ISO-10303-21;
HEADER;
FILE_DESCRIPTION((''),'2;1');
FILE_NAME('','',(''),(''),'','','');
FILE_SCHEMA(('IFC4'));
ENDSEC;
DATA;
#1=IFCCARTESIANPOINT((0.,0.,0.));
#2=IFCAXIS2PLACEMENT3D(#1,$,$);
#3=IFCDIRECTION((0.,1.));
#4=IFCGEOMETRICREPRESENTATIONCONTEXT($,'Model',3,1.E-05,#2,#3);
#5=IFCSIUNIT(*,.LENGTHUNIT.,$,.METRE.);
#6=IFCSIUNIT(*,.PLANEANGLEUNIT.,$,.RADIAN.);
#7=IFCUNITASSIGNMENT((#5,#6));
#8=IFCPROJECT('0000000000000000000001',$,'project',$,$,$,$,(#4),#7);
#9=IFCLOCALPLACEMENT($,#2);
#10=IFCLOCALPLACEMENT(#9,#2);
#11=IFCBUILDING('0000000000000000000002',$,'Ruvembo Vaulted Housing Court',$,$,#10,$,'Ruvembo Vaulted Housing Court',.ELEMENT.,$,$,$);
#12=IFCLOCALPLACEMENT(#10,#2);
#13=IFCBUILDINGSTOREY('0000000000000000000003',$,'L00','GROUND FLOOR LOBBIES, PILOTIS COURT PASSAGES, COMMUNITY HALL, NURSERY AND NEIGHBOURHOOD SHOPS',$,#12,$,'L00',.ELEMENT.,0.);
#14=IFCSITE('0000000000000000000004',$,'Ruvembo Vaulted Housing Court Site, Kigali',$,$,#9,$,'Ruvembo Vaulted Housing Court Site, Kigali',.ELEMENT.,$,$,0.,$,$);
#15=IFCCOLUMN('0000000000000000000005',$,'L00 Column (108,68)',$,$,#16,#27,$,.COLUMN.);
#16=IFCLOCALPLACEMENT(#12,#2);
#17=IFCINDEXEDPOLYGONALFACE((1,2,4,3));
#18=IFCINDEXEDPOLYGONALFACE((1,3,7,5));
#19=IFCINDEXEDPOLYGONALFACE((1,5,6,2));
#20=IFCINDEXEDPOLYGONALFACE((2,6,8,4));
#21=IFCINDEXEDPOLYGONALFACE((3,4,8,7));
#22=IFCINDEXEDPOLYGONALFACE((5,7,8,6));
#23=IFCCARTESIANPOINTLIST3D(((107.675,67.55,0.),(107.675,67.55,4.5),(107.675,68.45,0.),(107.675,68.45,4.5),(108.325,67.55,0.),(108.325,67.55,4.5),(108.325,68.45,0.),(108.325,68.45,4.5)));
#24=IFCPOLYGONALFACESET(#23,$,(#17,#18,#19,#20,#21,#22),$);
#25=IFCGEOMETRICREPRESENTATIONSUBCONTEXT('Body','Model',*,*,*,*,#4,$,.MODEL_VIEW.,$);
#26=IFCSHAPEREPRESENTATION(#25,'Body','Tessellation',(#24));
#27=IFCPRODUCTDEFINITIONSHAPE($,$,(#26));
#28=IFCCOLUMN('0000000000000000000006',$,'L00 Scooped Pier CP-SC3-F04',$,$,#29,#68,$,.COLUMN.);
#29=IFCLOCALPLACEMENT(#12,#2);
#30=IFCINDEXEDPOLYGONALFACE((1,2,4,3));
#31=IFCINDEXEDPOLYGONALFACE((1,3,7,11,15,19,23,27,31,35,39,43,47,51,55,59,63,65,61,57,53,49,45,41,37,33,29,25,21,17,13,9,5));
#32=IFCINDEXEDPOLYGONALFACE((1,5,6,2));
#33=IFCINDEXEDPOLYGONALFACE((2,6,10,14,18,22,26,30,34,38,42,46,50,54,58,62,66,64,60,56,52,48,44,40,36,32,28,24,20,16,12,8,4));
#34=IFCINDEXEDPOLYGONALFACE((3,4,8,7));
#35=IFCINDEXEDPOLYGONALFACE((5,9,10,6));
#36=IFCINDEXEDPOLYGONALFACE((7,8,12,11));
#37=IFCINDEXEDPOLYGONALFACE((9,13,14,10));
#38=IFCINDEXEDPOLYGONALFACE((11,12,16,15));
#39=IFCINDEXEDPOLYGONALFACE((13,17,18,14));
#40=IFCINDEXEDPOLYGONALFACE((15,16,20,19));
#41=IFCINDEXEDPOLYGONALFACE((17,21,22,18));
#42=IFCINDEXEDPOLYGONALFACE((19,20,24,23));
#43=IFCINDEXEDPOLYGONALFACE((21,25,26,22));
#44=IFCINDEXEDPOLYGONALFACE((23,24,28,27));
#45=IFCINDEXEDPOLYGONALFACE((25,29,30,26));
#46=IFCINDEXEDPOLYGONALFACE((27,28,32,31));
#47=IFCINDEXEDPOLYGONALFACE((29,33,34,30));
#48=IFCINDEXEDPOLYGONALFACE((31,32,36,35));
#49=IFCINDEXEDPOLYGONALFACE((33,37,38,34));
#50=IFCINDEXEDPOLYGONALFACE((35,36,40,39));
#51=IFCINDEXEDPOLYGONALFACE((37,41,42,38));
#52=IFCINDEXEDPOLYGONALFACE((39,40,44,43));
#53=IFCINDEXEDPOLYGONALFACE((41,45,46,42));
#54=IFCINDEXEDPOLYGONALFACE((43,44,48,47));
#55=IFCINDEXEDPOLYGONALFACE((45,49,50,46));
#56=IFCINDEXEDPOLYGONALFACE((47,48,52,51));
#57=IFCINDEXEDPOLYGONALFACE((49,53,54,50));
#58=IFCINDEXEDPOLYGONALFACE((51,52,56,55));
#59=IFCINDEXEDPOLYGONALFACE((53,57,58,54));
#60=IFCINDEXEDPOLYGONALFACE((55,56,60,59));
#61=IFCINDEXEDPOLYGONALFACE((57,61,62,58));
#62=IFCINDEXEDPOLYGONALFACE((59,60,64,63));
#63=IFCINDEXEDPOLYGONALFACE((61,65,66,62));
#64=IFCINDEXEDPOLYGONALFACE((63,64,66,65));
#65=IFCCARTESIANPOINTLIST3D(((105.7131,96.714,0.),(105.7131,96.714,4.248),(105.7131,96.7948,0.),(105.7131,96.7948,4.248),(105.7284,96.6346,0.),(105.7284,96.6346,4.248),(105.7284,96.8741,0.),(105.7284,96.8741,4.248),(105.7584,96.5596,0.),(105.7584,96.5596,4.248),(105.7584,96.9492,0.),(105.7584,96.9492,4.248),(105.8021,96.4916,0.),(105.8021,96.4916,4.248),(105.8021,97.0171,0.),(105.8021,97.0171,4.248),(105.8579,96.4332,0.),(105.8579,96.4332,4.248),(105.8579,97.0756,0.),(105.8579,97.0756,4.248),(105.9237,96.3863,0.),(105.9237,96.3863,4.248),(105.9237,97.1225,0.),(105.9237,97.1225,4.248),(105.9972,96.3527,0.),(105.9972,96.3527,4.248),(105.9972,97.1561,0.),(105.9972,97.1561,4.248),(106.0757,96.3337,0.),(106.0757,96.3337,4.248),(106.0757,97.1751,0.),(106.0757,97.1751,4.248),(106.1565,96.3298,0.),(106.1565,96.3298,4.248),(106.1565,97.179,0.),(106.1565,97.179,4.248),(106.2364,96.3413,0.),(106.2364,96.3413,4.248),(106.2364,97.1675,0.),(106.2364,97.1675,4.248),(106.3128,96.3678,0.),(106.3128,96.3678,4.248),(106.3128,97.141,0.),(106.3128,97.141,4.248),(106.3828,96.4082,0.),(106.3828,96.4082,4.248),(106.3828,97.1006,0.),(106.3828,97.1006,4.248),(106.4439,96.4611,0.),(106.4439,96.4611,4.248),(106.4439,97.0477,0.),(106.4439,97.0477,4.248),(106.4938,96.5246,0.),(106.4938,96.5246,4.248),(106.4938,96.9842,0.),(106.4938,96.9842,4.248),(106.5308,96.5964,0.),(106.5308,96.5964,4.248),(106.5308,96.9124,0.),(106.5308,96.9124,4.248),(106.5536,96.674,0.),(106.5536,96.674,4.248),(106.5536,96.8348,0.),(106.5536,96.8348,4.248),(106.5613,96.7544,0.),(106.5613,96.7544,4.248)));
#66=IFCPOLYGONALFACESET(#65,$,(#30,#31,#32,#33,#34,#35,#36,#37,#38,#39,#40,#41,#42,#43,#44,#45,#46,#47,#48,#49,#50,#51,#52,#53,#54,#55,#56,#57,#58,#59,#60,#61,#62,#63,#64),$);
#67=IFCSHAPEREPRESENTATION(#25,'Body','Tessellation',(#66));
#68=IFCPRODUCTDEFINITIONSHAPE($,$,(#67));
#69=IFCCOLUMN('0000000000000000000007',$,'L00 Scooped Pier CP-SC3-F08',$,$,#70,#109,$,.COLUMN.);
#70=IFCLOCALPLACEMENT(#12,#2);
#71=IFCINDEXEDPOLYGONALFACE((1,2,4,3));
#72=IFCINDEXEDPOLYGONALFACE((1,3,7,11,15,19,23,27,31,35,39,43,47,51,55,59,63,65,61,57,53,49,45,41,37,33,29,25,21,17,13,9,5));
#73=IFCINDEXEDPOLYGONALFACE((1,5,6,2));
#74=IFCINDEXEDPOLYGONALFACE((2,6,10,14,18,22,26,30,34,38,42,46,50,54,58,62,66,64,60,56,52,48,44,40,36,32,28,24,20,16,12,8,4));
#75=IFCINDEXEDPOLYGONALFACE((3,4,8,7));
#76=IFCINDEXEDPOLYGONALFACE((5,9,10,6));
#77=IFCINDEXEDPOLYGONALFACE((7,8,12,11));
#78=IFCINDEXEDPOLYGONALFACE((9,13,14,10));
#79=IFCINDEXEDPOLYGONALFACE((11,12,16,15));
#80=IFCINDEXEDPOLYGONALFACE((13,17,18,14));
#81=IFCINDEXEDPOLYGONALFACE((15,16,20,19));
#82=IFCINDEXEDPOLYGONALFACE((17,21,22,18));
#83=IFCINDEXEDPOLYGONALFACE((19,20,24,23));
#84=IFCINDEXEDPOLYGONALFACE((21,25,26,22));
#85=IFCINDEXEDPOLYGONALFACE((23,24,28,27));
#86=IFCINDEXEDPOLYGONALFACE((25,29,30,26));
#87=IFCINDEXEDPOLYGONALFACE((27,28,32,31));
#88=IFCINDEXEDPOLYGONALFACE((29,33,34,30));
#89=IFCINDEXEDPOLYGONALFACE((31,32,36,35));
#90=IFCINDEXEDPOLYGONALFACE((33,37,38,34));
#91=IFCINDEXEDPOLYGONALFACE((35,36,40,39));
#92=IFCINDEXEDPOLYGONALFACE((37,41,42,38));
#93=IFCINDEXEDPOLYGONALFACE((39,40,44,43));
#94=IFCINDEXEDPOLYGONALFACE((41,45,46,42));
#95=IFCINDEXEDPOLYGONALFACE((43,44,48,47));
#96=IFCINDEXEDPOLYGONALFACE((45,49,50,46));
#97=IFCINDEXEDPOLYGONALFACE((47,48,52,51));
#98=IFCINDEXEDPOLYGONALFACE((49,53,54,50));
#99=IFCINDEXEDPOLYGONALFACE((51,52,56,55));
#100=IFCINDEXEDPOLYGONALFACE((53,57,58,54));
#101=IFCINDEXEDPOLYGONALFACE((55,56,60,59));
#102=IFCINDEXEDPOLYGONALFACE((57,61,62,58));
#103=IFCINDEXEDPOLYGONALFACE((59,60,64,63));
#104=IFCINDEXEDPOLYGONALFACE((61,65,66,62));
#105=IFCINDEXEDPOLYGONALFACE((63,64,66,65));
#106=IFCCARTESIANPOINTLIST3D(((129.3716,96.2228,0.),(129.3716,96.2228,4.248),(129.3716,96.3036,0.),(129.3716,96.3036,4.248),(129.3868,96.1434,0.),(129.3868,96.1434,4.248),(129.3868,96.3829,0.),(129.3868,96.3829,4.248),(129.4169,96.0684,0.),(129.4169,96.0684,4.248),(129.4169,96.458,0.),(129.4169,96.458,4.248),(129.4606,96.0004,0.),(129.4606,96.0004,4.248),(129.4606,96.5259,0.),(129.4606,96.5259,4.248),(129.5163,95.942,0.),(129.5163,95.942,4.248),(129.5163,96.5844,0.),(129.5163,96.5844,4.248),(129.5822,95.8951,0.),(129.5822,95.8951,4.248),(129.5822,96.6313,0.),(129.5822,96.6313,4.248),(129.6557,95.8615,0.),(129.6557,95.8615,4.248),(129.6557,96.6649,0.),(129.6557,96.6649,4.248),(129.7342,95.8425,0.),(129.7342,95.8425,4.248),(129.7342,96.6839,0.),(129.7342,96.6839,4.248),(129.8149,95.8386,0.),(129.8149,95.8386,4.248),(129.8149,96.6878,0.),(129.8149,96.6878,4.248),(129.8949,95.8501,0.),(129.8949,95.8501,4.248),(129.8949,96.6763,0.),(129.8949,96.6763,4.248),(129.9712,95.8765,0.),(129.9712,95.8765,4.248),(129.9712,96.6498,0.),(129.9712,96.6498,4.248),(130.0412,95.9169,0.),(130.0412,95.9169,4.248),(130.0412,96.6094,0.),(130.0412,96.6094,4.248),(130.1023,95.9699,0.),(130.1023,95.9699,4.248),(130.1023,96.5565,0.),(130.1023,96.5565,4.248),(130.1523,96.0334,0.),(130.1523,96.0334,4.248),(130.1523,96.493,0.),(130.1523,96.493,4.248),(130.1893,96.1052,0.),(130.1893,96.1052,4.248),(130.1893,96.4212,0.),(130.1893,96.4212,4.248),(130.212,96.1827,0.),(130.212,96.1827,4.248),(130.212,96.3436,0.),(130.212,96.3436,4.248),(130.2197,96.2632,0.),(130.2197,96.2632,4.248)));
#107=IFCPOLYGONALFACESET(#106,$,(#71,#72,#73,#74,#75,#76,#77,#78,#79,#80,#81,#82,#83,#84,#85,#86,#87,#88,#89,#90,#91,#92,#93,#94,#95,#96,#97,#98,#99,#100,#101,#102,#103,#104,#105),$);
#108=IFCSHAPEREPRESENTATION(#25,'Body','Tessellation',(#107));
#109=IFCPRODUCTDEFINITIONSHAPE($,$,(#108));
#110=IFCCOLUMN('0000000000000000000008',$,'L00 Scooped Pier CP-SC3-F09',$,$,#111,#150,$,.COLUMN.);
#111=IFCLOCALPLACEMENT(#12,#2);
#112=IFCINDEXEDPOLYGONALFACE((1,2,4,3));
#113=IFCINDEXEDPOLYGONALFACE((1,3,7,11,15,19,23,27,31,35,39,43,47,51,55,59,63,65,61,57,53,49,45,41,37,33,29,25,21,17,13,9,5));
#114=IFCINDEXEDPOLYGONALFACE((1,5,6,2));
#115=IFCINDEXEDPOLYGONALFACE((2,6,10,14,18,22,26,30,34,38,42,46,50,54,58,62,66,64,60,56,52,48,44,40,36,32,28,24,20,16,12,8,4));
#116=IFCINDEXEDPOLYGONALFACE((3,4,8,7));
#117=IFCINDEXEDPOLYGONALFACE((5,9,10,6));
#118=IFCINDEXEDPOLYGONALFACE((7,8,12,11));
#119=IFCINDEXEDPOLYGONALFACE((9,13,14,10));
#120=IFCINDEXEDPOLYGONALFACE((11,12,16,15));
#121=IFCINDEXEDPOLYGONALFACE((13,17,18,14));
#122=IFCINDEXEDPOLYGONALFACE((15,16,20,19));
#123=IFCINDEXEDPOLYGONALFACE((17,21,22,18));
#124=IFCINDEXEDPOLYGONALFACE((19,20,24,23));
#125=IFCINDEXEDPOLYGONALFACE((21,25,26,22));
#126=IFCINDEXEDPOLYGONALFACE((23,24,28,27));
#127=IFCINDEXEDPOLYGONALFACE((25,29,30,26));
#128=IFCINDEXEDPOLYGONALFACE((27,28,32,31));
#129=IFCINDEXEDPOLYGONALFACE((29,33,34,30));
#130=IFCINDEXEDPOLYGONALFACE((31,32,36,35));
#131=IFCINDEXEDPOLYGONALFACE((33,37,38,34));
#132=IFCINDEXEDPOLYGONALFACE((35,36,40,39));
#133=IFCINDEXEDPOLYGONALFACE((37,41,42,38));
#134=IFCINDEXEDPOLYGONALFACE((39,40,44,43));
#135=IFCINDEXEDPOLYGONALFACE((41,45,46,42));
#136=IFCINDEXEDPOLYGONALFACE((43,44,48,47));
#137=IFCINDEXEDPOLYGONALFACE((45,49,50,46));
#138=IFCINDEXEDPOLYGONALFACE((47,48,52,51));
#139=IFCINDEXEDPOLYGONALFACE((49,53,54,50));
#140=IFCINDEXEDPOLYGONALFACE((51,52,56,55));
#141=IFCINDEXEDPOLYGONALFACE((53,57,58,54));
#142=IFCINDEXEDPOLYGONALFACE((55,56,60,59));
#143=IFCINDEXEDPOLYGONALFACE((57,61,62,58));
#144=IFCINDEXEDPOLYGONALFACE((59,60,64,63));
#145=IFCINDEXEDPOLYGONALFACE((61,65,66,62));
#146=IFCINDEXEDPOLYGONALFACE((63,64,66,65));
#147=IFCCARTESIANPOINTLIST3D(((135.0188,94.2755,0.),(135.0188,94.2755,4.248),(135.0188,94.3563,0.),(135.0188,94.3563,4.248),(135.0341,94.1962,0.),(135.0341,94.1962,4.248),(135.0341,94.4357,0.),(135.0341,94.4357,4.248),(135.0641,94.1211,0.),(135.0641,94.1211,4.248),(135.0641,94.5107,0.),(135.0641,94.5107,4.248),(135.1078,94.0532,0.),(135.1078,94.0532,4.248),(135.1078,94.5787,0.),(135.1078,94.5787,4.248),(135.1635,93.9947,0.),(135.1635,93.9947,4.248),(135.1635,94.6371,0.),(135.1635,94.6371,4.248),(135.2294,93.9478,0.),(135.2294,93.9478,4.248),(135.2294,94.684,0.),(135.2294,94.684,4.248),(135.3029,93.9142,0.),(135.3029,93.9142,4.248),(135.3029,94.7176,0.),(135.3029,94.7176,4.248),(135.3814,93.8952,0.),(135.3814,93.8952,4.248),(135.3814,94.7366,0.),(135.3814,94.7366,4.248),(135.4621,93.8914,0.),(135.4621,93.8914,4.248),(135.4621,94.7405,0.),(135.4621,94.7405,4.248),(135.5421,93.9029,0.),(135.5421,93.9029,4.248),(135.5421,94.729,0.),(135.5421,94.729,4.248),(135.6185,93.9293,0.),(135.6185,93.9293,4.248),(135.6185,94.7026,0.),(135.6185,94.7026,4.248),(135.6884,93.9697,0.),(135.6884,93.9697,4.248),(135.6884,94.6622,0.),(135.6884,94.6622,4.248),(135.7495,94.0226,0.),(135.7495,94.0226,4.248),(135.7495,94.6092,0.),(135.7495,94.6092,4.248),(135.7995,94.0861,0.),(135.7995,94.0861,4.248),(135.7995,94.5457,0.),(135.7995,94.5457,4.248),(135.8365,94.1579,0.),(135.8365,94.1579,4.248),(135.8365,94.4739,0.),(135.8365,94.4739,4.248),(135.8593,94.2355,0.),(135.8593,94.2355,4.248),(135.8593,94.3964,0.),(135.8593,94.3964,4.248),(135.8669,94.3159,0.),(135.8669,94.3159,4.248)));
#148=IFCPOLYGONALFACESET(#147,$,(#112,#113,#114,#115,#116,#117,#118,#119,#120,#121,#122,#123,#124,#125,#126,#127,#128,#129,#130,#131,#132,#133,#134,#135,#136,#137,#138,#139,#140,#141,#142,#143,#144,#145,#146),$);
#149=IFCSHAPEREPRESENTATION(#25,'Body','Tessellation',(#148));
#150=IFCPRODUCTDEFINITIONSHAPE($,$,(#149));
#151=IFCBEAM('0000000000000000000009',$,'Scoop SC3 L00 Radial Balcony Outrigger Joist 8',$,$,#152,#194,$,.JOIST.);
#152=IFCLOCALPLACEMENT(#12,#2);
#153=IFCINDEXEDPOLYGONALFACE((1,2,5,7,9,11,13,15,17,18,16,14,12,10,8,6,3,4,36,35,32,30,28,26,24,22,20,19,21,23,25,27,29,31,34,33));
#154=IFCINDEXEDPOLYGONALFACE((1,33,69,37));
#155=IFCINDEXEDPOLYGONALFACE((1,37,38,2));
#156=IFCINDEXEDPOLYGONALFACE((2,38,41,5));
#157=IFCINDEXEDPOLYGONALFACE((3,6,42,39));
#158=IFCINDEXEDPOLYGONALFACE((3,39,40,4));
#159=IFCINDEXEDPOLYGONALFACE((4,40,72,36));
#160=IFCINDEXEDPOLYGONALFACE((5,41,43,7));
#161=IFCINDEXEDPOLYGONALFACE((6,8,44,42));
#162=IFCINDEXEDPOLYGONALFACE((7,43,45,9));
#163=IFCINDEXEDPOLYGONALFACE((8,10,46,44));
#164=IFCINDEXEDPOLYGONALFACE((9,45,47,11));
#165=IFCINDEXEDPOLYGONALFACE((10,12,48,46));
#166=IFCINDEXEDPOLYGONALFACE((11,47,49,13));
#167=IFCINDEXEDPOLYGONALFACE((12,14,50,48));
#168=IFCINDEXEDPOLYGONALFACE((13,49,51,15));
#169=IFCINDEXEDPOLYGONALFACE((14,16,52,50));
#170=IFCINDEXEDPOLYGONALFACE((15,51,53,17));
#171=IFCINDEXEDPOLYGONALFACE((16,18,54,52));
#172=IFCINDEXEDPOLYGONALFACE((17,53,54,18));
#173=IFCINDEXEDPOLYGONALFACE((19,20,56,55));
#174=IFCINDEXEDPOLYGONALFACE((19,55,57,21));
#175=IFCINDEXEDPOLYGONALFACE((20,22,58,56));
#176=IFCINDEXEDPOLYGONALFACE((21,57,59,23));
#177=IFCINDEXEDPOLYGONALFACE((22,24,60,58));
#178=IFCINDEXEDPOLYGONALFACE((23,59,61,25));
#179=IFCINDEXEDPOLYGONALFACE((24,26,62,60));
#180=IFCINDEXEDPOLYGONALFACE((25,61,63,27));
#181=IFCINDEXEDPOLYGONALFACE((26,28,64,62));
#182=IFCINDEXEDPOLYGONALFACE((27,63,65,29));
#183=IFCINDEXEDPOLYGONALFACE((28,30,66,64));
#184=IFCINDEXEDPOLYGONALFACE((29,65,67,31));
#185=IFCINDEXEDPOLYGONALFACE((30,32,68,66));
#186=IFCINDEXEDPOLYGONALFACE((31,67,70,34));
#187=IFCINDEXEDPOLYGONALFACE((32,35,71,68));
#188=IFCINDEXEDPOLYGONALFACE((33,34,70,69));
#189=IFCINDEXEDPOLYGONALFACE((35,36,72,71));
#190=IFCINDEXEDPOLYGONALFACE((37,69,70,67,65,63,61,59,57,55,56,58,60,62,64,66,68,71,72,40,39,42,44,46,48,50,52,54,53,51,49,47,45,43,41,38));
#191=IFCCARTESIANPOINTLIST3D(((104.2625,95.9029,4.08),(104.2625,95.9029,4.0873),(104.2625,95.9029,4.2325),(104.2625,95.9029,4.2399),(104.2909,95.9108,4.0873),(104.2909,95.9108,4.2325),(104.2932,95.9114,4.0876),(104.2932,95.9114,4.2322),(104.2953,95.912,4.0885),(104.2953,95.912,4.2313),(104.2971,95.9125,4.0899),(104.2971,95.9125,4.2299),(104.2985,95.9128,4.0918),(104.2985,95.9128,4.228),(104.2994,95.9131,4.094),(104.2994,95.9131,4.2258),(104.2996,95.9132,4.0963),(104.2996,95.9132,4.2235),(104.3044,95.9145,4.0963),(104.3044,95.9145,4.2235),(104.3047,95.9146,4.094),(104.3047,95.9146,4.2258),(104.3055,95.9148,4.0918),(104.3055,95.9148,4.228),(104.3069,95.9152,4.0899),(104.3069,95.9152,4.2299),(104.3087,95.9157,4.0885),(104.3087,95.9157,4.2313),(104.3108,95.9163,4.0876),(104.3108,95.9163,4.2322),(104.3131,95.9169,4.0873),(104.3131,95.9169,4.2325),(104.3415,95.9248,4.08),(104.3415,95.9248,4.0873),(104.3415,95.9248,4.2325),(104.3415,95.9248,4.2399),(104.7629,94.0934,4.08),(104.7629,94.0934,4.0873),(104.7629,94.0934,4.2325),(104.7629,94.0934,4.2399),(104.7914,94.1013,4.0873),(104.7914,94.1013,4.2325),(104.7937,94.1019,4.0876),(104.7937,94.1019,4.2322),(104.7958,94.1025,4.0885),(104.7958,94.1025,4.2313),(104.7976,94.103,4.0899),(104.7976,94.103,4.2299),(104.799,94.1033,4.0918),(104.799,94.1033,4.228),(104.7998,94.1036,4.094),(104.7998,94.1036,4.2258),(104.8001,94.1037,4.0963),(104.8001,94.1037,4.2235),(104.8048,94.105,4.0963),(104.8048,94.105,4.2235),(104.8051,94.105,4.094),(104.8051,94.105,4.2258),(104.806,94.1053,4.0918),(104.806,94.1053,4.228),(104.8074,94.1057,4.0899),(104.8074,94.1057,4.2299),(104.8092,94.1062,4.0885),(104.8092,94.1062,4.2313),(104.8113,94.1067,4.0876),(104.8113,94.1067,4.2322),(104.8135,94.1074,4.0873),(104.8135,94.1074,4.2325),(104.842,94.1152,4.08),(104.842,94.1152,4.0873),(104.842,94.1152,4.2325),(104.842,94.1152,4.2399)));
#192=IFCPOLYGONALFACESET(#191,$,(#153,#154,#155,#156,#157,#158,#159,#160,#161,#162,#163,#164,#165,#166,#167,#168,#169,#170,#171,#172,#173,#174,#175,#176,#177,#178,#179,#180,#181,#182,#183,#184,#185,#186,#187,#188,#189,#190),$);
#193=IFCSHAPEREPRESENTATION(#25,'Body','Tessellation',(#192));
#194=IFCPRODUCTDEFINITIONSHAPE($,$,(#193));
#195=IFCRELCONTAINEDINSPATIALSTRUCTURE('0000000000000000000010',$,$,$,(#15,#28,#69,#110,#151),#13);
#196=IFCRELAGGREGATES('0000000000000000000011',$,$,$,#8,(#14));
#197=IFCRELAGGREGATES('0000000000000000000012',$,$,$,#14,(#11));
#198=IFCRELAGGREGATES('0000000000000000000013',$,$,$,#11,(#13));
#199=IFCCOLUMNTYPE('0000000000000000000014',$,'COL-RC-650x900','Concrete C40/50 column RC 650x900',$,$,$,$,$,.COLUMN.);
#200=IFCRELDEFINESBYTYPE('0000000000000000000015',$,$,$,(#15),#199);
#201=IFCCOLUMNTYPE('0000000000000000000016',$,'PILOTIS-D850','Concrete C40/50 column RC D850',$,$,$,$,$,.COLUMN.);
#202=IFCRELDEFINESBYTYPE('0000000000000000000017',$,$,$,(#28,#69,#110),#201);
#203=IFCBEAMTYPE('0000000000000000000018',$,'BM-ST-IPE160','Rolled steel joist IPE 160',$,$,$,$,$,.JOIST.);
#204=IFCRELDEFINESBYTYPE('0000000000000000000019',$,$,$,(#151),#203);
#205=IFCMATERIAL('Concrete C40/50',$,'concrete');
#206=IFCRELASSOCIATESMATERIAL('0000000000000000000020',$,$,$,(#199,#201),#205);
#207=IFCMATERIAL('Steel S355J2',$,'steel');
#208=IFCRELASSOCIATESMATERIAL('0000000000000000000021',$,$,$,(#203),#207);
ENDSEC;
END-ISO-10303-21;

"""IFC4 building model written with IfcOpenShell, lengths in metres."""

from ifc_helpers import new_model, si_unit, direction, frame, origin, origin_2d, place, context, subcontext, project, spatial, rectangle, circle, i_section, extrude, material, material_profile, profile_set, type_object, element, save


model = new_model("IFC4")

# Units and contexts
model_context = context("Model", 3, precision=1e-05, world=origin(), true_north=direction((0.0, 1.0)))
body_context = subcontext(model_context, "Body", "Model", "MODEL_VIEW")
ifc_project = project(units=[si_unit("LENGTHUNIT", "METRE"), si_unit("PLANEANGLEUNIT", "RADIAN")], contexts=[model_context])

# Site, building, storey
site_placement = place(None, origin())
site = spatial("IfcSite", under=ifc_project, at=site_placement, Name="Ruvembo Vaulted Housing Court Site, Kigali", LongName="Ruvembo Vaulted Housing Court Site, Kigali", CompositionType="ELEMENT", RefElevation=0.0)
building_placement = place(site_placement, origin())
building = spatial("IfcBuilding", under=site, at=building_placement, Name="Ruvembo Vaulted Housing Court", LongName="Ruvembo Vaulted Housing Court", CompositionType="ELEMENT")
storey_placement = place(building_placement, origin())
storey = spatial("IfcBuildingStorey", under=building, at=storey_placement, Name="L00", Description="GROUND FLOOR LOBBIES, PILOTIS COURT PASSAGES, COMMUNITY HALL, NURSERY AND NEIGHBOURHOOD SHOPS", LongName="L00", CompositionType="ELEMENT", Elevation=0.0)

# Columns
ifc_material_1 = material(Name="Concrete C40/50", Category="concrete")
ifc_material_profile_1 = material_profile(ifc_material_1, rectangle(XDim=0.6499, YDim=0.8999, at=origin_2d()), Name="RC 650x900")
ifc_profile_set_1 = profile_set([ifc_material_profile_1], Name="Concrete C40/50")
column_type_1 = type_object("IfcColumnType", Name="COL-RC-650x900", Description="Concrete C40/50 column RC 650x900", PredefinedType="COLUMN", material=ifc_profile_set_1)
column_placement = place(storey_placement, frame((108.0, 68.0, 0.0), z_axis=(0.0, 0.0, 1.0), x_axis=(1.0, 0.0, 0.0)))
element("IfcColumn", 1, at=column_placement, inside=storey, type_object=column_type_1, Name="L00 Column (108,68)", PredefinedType="COLUMN", context=body_context, shape_type="SweptSolid", body=[
    extrude(rectangle(XDim=0.6499, YDim=0.8999, at=origin_2d()), origin(), (0.0, 0.0, 1.0), 4.5),
])
ifc_material_profile_2 = material_profile(ifc_material_1, circle(Radius=0.425, at=origin_2d()), Name="RC D850")
ifc_profile_set_2 = profile_set([ifc_material_profile_2], Name="Concrete C40/50")
column_type_2 = type_object("IfcColumnType", Name="PILOTIS-D850", Description="Concrete C40/50 column RC D850", PredefinedType="COLUMN", material=ifc_profile_set_2)
for number, where, z_axis, x_axis, name in (
    (2, (106.1362, 96.7544, 0.0), (0.0, 0.0, 1.0), (1.0, 0.0, 0.0), "L00 Scooped Pier CP-SC3-F04"),
    (3, (129.7947, 96.2632, 0.0), (0.0, 0.0, 1.0), (1.0, 0.0, 0.0), "L00 Scooped Pier CP-SC3-F08"),
    (4, (135.4419, 94.3159, 0.0), (0.0, 0.0, 1.0), (1.0, 0.0, 0.0), "L00 Scooped Pier CP-SC3-F09"),
):
    element("IfcColumn", number, at=place(storey_placement, frame(where, z_axis=z_axis, x_axis=x_axis)), inside=storey, type_object=column_type_2, Name=name, PredefinedType="COLUMN", context=body_context, shape_type="SweptSolid", body=[
        extrude(circle(Radius=0.425, at=origin_2d()), origin(), (0.0, 0.0, 1.0), 4.248),
    ])

# Beam
ifc_material_2 = material(Name="Steel S355J2", Category="steel")
ifc_material_profile_3 = material_profile(ifc_material_2, i_section(OverallWidth=0.082, OverallDepth=0.1599, WebThickness=0.0049, FlangeThickness=0.0073, FilletRadius=0.009, at=origin_2d()), Name="IPE 160")
ifc_profile_set_3 = profile_set([ifc_material_profile_3], Name="Steel S355J2")
beam_type_1 = type_object("IfcBeamType", Name="BM-ST-IPE160", Description="Rolled steel joist IPE 160", PredefinedType="JOIST", material=ifc_profile_set_3)
for number, where, z_axis, x_axis, name in (
    (5, (104.302, 95.9138, 4.1599), (0.266571, -0.963815, 0.0), (0.963815, 0.266571, 0.0), "Scoop SC3 L00 Radial Balcony Outrigger Joist 8"),
):
    element("IfcBeam", number, at=place(storey_placement, frame(where, z_axis=z_axis, x_axis=x_axis)), inside=storey, type_object=beam_type_1, Name=name, PredefinedType="JOIST", context=body_context, shape_type="SweptSolid", body=[
        extrude(i_section(OverallWidth=0.082, OverallDepth=0.1599, WebThickness=0.0049, FlangeThickness=0.0073, FilletRadius=0.009, at=origin_2d()), origin(), (0.0, 0.0, 1.0), 1.8774),
    ])

save(model, "model.ifc")
